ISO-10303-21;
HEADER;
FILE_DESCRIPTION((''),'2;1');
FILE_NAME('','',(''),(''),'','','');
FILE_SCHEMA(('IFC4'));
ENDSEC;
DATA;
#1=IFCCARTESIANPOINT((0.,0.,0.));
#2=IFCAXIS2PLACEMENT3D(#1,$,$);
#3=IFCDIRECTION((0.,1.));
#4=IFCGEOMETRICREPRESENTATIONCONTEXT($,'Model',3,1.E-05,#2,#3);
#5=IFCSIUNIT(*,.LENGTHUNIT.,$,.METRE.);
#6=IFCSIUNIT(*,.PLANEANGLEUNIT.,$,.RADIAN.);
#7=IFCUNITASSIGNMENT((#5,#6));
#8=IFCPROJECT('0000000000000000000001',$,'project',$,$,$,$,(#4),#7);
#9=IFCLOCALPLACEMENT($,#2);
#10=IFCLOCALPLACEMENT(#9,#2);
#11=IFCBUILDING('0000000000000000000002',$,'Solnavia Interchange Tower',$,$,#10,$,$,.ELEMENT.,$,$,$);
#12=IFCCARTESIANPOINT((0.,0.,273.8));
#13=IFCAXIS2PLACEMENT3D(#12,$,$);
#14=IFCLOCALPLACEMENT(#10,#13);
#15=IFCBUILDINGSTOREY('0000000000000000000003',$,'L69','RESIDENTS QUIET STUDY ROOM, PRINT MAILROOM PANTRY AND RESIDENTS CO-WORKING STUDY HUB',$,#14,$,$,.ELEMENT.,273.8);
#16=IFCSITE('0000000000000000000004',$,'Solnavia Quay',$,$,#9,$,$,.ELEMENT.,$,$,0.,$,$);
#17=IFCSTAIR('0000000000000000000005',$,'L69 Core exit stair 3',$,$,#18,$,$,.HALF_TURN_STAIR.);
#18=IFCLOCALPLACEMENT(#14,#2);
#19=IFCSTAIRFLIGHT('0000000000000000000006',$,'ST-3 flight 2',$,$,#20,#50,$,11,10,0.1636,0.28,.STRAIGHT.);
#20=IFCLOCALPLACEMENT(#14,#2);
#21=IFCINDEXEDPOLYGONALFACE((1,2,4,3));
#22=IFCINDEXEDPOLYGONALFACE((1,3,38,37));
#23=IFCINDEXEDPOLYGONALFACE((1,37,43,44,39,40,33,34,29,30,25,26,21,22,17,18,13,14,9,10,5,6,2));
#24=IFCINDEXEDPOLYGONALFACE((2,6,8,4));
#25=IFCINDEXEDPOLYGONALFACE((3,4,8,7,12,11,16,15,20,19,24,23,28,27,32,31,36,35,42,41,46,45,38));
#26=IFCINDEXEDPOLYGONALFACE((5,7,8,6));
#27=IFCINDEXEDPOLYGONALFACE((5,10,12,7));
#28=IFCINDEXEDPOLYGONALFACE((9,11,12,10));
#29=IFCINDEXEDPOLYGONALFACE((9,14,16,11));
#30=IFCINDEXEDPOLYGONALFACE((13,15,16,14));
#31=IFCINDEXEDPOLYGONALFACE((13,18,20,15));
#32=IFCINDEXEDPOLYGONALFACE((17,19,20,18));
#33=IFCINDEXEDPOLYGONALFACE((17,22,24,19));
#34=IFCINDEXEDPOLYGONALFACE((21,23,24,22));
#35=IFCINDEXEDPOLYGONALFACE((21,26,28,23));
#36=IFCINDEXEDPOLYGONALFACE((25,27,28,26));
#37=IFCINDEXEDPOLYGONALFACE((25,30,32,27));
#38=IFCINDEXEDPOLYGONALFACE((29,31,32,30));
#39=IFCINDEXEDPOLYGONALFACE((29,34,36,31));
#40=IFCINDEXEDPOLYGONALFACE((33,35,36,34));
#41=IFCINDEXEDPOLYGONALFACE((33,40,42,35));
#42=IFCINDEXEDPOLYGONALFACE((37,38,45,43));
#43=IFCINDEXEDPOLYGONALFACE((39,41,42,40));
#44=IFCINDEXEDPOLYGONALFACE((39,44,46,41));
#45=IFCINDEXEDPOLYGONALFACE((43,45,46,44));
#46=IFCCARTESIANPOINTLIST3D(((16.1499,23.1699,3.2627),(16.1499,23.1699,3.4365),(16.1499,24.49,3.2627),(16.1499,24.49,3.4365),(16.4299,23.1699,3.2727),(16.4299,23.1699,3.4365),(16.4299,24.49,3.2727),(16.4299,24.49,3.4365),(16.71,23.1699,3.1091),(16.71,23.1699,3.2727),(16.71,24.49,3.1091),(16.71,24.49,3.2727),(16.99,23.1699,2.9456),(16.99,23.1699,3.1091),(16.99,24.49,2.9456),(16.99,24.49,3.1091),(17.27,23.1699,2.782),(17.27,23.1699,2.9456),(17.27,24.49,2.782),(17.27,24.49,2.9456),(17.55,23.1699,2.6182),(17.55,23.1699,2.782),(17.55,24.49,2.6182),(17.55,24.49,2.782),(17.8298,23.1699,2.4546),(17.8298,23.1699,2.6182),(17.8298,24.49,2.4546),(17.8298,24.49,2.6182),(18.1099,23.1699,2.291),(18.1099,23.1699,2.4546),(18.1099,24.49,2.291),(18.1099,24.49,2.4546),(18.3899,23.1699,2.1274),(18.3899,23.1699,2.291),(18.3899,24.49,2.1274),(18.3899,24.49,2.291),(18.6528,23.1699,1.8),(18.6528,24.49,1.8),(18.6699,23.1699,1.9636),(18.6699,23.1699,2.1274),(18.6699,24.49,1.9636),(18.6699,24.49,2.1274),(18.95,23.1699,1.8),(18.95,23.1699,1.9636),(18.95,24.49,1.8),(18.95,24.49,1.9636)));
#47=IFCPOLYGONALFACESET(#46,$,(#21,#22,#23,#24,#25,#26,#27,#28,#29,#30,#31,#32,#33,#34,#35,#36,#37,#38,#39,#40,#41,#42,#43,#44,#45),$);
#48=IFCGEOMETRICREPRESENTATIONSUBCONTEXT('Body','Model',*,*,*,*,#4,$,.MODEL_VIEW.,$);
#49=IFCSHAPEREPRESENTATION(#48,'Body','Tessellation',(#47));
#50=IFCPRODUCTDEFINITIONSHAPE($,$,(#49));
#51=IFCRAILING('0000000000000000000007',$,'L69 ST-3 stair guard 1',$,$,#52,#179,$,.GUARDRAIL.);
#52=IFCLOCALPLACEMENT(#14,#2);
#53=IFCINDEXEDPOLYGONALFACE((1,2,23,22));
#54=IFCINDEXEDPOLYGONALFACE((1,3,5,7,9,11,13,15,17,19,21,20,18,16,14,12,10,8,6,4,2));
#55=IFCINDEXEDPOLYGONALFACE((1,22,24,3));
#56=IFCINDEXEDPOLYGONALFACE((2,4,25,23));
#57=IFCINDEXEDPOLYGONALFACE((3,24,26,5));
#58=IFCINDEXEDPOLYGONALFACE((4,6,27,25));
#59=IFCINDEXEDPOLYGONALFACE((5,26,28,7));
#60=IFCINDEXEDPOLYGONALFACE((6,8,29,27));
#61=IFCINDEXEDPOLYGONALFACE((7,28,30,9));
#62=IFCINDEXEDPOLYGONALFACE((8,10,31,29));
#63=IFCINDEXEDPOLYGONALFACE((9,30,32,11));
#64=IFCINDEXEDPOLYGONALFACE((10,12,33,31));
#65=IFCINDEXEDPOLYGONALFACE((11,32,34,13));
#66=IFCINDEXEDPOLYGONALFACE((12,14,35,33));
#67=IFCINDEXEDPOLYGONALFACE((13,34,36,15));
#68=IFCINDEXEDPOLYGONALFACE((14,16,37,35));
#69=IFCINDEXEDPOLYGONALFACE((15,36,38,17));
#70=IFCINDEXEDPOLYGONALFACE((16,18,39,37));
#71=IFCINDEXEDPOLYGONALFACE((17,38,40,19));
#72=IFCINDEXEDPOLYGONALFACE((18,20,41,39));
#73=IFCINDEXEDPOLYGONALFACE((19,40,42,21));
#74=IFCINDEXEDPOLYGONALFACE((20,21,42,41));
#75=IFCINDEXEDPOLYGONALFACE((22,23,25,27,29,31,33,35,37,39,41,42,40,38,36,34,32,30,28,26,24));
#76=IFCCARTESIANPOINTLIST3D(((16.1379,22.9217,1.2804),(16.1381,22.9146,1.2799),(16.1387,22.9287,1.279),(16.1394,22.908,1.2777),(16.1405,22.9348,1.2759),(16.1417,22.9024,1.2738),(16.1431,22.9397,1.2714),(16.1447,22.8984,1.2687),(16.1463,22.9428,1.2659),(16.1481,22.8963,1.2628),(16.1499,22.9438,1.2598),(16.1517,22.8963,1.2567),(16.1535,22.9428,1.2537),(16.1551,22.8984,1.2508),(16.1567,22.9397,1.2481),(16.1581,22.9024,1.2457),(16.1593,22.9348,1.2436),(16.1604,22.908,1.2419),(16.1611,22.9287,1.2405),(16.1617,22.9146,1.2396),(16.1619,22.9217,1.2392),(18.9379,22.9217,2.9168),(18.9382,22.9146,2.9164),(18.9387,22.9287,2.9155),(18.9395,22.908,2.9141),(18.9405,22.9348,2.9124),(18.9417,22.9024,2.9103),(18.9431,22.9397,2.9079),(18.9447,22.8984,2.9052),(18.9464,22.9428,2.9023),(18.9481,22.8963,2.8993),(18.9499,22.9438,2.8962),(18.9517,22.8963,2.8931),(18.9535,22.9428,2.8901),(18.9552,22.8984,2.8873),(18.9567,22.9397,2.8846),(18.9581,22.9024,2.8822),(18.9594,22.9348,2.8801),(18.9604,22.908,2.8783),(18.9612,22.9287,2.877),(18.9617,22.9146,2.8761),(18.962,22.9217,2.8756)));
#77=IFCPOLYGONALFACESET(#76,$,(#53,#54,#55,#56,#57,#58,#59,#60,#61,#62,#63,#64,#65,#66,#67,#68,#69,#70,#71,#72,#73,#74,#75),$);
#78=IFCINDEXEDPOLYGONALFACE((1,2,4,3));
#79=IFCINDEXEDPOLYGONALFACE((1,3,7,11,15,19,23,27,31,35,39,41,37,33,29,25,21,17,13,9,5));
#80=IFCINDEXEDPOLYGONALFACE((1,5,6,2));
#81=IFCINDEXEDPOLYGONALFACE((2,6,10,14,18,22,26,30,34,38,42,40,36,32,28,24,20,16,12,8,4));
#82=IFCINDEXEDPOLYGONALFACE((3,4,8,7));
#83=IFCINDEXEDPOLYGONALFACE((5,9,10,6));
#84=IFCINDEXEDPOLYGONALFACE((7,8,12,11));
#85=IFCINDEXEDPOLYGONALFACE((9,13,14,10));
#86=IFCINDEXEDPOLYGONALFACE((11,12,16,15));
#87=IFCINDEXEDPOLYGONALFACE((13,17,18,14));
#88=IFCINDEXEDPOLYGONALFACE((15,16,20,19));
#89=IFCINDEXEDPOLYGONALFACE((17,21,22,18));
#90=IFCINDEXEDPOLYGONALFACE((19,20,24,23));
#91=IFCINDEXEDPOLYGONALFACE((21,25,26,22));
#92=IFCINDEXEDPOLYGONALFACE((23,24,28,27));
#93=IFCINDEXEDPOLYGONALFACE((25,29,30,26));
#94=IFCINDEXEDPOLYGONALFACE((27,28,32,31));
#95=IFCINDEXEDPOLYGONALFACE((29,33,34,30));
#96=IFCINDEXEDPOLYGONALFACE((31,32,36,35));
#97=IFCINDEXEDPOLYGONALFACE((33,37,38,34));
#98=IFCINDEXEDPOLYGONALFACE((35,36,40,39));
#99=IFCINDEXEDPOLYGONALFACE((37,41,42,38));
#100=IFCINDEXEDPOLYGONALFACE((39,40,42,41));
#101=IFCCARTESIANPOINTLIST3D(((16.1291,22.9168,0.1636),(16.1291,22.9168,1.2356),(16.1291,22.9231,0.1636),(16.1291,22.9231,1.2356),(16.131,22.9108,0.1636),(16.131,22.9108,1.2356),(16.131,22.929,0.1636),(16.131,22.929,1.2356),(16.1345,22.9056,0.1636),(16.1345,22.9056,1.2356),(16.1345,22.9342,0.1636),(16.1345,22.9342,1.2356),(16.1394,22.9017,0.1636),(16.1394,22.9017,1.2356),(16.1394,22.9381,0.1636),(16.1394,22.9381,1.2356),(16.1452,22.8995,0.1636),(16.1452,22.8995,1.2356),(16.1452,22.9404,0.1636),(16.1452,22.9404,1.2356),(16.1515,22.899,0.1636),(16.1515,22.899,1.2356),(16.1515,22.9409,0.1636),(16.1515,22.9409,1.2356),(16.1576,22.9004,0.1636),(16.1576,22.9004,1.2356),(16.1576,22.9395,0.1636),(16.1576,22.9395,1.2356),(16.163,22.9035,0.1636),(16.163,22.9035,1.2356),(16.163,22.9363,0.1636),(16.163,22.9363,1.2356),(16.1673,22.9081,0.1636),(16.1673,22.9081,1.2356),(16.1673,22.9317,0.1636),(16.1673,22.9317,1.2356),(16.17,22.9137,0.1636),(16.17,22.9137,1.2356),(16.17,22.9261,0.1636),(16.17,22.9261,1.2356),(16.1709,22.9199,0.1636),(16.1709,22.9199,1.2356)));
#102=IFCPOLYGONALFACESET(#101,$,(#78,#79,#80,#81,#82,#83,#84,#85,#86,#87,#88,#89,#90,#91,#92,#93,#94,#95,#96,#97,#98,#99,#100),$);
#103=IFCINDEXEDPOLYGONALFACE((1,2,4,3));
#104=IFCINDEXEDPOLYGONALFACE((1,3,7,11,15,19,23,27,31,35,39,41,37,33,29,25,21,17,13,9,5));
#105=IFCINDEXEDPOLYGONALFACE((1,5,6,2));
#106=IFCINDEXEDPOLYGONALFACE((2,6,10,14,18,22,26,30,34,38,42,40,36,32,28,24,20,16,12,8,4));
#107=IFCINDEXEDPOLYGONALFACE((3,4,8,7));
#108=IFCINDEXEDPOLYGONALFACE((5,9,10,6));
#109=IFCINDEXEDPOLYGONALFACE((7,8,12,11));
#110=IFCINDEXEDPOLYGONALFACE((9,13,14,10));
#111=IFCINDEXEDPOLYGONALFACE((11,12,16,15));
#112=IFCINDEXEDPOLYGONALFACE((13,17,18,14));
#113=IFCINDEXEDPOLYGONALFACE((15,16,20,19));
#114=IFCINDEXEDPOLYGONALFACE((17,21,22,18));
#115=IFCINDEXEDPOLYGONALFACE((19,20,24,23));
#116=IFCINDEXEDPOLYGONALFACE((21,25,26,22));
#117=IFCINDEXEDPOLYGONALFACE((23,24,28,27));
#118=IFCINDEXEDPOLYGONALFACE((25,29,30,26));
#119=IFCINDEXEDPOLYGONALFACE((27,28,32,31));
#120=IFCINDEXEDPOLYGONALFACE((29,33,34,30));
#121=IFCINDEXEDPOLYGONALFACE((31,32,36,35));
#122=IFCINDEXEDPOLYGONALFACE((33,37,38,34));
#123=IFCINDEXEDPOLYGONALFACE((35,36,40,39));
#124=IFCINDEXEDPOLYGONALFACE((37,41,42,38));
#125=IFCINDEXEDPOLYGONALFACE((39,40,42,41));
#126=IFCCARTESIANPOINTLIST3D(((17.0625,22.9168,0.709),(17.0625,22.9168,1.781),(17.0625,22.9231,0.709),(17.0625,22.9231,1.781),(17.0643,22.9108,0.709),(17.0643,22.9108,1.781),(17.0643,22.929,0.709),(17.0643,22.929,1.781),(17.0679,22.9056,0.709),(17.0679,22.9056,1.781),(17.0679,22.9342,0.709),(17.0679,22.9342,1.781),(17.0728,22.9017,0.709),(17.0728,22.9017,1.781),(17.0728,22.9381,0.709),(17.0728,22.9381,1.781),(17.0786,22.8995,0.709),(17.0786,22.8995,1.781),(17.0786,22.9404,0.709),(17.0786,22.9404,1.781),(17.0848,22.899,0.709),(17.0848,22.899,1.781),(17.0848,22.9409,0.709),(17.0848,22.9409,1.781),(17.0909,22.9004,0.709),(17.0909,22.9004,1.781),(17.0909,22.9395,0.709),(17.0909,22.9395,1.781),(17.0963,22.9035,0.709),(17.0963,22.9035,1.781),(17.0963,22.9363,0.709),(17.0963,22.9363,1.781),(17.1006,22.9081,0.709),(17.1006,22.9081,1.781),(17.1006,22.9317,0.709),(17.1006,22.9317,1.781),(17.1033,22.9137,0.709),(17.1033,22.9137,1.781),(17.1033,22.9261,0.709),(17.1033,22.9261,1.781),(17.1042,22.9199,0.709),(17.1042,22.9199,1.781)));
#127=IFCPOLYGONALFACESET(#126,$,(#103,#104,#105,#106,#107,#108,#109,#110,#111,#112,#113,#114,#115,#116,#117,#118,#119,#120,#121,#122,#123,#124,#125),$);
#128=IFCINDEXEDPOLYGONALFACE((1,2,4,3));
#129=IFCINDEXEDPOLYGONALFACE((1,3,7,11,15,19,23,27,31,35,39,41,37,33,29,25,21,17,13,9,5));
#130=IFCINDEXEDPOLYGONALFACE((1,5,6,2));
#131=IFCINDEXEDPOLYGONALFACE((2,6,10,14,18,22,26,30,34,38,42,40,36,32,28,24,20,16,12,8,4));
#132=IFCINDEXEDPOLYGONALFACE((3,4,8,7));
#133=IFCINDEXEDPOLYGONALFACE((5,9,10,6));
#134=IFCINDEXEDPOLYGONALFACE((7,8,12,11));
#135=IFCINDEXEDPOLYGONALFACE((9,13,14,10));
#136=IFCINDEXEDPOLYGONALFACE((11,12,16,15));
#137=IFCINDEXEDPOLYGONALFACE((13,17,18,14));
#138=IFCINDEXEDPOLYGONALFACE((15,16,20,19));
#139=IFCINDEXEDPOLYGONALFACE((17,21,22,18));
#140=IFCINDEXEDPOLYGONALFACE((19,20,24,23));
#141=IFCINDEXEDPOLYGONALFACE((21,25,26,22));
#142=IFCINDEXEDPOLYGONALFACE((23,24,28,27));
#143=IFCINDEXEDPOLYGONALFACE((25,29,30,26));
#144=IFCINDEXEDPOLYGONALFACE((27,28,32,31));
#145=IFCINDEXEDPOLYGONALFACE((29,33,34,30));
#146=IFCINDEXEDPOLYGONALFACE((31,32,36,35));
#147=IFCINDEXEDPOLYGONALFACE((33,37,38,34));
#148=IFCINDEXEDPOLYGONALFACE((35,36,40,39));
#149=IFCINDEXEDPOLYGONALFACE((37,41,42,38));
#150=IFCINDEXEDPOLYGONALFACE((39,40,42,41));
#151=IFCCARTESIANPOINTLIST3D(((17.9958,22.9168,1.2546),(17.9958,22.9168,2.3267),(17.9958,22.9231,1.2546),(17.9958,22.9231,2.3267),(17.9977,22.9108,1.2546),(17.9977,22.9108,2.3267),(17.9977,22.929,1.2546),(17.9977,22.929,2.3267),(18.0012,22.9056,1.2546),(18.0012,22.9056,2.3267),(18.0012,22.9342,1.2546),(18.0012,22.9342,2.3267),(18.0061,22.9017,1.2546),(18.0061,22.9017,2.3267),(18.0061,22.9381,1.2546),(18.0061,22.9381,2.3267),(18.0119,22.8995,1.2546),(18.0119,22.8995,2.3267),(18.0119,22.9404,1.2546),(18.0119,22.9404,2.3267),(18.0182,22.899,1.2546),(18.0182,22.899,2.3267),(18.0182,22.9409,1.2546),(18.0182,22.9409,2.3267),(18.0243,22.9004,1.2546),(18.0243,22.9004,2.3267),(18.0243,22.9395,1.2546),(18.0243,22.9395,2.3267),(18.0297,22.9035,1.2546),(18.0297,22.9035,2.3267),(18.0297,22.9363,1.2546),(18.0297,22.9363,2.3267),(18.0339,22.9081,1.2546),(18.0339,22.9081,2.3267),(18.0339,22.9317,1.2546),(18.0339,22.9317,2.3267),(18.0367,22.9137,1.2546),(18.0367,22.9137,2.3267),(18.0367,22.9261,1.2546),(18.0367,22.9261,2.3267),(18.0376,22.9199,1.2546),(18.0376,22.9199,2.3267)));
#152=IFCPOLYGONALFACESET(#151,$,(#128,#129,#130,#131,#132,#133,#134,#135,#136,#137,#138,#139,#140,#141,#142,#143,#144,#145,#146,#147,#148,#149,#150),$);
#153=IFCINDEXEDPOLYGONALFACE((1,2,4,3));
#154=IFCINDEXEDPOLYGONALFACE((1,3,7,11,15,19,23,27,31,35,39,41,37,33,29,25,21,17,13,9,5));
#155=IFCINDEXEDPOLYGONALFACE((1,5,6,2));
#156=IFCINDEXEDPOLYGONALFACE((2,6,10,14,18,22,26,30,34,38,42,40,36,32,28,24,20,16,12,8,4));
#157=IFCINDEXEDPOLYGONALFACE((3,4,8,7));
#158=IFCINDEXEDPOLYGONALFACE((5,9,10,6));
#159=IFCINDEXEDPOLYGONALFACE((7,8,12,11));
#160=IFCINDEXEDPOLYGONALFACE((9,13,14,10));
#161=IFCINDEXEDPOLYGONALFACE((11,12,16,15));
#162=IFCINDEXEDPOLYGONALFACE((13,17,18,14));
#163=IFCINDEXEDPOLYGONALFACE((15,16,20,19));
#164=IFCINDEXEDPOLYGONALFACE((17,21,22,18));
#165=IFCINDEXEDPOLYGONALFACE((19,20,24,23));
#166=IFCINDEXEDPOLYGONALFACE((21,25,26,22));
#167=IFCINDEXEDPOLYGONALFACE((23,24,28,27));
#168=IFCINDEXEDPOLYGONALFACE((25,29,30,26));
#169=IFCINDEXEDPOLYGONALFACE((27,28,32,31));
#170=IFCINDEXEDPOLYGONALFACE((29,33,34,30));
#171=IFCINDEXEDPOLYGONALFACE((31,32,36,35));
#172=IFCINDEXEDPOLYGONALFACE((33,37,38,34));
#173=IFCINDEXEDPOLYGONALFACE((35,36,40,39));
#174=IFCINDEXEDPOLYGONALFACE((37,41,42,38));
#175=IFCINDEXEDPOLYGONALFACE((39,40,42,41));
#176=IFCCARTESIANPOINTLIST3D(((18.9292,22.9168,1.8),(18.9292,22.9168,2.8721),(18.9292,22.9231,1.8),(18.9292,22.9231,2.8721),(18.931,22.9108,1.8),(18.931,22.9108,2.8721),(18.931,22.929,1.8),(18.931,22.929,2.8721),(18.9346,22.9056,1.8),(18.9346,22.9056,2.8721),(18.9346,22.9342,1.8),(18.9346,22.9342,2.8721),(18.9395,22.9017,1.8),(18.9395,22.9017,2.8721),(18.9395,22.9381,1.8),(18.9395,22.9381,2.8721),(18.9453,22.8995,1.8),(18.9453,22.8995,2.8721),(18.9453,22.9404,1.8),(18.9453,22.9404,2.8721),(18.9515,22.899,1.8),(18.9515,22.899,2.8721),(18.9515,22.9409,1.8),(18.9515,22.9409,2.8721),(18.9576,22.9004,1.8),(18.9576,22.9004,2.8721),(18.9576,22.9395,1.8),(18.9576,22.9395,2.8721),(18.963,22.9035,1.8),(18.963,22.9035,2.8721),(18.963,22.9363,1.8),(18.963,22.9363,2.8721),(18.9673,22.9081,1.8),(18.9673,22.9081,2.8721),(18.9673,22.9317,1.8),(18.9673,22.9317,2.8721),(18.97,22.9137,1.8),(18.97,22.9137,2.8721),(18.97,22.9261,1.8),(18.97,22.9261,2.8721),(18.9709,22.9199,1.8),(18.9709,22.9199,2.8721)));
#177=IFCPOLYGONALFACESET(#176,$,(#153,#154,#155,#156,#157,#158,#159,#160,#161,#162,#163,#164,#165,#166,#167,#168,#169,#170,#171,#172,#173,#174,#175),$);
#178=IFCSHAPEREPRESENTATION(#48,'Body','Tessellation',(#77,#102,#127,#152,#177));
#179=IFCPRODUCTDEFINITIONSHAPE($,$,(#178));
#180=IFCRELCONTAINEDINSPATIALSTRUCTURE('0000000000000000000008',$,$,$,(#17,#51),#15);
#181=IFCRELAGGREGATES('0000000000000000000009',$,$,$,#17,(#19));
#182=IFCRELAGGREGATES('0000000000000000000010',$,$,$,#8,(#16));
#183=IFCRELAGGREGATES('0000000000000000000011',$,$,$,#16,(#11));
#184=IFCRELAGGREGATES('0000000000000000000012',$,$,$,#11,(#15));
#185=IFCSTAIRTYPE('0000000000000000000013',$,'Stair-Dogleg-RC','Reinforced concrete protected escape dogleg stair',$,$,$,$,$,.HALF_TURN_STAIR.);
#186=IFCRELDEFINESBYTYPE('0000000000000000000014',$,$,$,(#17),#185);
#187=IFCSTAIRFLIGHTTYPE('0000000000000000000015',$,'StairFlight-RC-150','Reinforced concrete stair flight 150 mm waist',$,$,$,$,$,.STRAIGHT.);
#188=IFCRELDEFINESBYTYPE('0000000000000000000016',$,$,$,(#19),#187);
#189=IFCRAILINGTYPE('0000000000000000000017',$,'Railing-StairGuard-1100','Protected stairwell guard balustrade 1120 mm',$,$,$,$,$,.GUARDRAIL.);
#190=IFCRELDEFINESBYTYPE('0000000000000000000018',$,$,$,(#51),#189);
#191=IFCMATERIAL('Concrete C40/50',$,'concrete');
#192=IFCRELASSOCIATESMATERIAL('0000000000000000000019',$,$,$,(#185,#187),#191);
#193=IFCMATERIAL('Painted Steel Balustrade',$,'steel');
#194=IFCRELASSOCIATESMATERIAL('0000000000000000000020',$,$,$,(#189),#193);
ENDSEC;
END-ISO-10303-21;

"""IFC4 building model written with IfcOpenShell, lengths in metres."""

from ifc_helpers import new_model, si_unit, direction, frame, origin, origin_2d, place, context, subcontext, project, spatial, polyline, circle, outline, extrude, material, type_object, element, aggregate, save


model = new_model("IFC4")

# Units and contexts
model_context = context("Model", 3, precision=1e-05, world=origin(), true_north=direction((0.0, 1.0)))
body_context = subcontext(model_context, "Body", "Model", "MODEL_VIEW")
ifc_project = project(units=[si_unit("LENGTHUNIT", "METRE"), si_unit("PLANEANGLEUNIT", "RADIAN")], contexts=[model_context])

# Site, building, storey
site_placement = place(None, origin())
site = spatial("IfcSite", under=ifc_project, at=site_placement, Name="Solnavia Quay", CompositionType="ELEMENT", RefElevation=0.0)
building_placement = place(site_placement, origin())
building = spatial("IfcBuilding", under=site, at=building_placement, Name="Solnavia Interchange Tower", CompositionType="ELEMENT")
storey_placement = place(building_placement, frame((0.0, 0.0, 273.8)))
storey = spatial("IfcBuildingStorey", under=building, at=storey_placement, Name="L69", Description="RESIDENTS QUIET STUDY ROOM, PRINT MAILROOM PANTRY AND RESIDENTS CO-WORKING STUDY HUB", CompositionType="ELEMENT", Elevation=273.8)

# Shared definitions
ifc_material_1 = material(Name="Concrete C40/50", Category="concrete")

# Stair, stair flight
stair_type = type_object("IfcStairType", Name="Stair-Dogleg-RC", Description="Reinforced concrete protected escape dogleg stair", PredefinedType="HALF_TURN_STAIR", material=ifc_material_1)
stair_placement = place(storey_placement, origin())
stair = element("IfcStair", 1, at=stair_placement, inside=storey, type_object=stair_type, Name="L69 Core exit stair 3", PredefinedType="HALF_TURN_STAIR")
stair_flight_type = type_object("IfcStairFlightType", Name="StairFlight-RC-150", Description="Reinforced concrete stair flight 150 mm waist", PredefinedType="STRAIGHT", material=ifc_material_1)
stair_flight_1_placement = place(storey_placement, frame((18.95, 23.8301, 1.8), z_axis=(0.0, 0.0, 1.0), x_axis=(-1.0, 0.0, 0.0)))
stair_flight_1 = element("IfcStairFlight", 2, at=stair_flight_1_placement, type_object=stair_flight_type, Name="ST-3 flight 2", NumberOfRisers=11, NumberOfTreads=10, PredefinedType="STRAIGHT", RiserHeight=0.1636, TreadLength=0.28, context=body_context, shape_type="SweptSolid", body=[
    extrude(outline(polyline([(0.0, 0.0), (0.0, 0.1636), (0.28, 0.1636), (0.28, 0.3274), (0.5601, 0.3274), (0.5601, 0.491), (0.8401, 0.491), (0.8401, 0.6545), (1.1201, 0.6545), (1.1201, 0.8181), (1.3999, 0.8181), (1.3999, 0.9819), (1.6799, 0.9819), (1.6799, 1.1455), (1.96, 1.1455), (1.96, 1.3091), (2.24, 1.3091), (2.24, 1.4727), (2.52, 1.4727), (2.52, 1.6365), (2.8, 1.6365), (2.8, 1.8), (2.8, 1.4626), (0.2971, 0.0), (0.0, 0.0)])), frame((0.0, 0.6602, 0.0), z_axis=(0.0, -1.0, 0.0), x_axis=(1.0, 0.0, 0.0)), (0.0, 0.0, 1.0), 1.3201),
])
aggregate(stair, [stair_flight_1])

# Railing
ifc_material_2 = material(Name="Painted Steel Balustrade", Category="steel")
railing_type_1 = type_object("IfcRailingType", Name="Railing-StairGuard-1100", Description="Protected stairwell guard balustrade 1120 mm", PredefinedType="GUARDRAIL", material=ifc_material_2)
railing_1_placement = place(storey_placement, frame((16.1499, 22.9199, 0.1636)))
element("IfcRailing", 3, at=railing_1_placement, inside=storey, type_object=railing_type_1, Name="L69 ST-3 stair guard 1", PredefinedType="GUARDRAIL", context=body_context, shape_type="SweptSolid", body=[
    extrude(circle(Radius=0.0239, at=origin_2d()), frame((0.0, 0.0, 1.0962), z_axis=(0.863361, 0.0, 0.504587), x_axis=(0.0, 1.0, 0.0)), (0.0, 0.0, 1.0), 3.2432),
    extrude(circle(Radius=0.021, at=origin_2d()), origin(), (0.0, 0.0, 1.0), 1.072),
    extrude(circle(Radius=0.021, at=origin_2d()), frame((0.9333, 0.0, 0.5454)), (0.0, 0.0, 1.0), 1.072),
    extrude(circle(Radius=0.021, at=origin_2d()), frame((1.8667, 0.0, 1.0911)), (0.0, 0.0, 1.0), 1.072),
    extrude(circle(Radius=0.021, at=origin_2d()), frame((2.8, 0.0, 1.6365)), (0.0, 0.0, 1.0), 1.072),
])

save(model, "model.ifc")
